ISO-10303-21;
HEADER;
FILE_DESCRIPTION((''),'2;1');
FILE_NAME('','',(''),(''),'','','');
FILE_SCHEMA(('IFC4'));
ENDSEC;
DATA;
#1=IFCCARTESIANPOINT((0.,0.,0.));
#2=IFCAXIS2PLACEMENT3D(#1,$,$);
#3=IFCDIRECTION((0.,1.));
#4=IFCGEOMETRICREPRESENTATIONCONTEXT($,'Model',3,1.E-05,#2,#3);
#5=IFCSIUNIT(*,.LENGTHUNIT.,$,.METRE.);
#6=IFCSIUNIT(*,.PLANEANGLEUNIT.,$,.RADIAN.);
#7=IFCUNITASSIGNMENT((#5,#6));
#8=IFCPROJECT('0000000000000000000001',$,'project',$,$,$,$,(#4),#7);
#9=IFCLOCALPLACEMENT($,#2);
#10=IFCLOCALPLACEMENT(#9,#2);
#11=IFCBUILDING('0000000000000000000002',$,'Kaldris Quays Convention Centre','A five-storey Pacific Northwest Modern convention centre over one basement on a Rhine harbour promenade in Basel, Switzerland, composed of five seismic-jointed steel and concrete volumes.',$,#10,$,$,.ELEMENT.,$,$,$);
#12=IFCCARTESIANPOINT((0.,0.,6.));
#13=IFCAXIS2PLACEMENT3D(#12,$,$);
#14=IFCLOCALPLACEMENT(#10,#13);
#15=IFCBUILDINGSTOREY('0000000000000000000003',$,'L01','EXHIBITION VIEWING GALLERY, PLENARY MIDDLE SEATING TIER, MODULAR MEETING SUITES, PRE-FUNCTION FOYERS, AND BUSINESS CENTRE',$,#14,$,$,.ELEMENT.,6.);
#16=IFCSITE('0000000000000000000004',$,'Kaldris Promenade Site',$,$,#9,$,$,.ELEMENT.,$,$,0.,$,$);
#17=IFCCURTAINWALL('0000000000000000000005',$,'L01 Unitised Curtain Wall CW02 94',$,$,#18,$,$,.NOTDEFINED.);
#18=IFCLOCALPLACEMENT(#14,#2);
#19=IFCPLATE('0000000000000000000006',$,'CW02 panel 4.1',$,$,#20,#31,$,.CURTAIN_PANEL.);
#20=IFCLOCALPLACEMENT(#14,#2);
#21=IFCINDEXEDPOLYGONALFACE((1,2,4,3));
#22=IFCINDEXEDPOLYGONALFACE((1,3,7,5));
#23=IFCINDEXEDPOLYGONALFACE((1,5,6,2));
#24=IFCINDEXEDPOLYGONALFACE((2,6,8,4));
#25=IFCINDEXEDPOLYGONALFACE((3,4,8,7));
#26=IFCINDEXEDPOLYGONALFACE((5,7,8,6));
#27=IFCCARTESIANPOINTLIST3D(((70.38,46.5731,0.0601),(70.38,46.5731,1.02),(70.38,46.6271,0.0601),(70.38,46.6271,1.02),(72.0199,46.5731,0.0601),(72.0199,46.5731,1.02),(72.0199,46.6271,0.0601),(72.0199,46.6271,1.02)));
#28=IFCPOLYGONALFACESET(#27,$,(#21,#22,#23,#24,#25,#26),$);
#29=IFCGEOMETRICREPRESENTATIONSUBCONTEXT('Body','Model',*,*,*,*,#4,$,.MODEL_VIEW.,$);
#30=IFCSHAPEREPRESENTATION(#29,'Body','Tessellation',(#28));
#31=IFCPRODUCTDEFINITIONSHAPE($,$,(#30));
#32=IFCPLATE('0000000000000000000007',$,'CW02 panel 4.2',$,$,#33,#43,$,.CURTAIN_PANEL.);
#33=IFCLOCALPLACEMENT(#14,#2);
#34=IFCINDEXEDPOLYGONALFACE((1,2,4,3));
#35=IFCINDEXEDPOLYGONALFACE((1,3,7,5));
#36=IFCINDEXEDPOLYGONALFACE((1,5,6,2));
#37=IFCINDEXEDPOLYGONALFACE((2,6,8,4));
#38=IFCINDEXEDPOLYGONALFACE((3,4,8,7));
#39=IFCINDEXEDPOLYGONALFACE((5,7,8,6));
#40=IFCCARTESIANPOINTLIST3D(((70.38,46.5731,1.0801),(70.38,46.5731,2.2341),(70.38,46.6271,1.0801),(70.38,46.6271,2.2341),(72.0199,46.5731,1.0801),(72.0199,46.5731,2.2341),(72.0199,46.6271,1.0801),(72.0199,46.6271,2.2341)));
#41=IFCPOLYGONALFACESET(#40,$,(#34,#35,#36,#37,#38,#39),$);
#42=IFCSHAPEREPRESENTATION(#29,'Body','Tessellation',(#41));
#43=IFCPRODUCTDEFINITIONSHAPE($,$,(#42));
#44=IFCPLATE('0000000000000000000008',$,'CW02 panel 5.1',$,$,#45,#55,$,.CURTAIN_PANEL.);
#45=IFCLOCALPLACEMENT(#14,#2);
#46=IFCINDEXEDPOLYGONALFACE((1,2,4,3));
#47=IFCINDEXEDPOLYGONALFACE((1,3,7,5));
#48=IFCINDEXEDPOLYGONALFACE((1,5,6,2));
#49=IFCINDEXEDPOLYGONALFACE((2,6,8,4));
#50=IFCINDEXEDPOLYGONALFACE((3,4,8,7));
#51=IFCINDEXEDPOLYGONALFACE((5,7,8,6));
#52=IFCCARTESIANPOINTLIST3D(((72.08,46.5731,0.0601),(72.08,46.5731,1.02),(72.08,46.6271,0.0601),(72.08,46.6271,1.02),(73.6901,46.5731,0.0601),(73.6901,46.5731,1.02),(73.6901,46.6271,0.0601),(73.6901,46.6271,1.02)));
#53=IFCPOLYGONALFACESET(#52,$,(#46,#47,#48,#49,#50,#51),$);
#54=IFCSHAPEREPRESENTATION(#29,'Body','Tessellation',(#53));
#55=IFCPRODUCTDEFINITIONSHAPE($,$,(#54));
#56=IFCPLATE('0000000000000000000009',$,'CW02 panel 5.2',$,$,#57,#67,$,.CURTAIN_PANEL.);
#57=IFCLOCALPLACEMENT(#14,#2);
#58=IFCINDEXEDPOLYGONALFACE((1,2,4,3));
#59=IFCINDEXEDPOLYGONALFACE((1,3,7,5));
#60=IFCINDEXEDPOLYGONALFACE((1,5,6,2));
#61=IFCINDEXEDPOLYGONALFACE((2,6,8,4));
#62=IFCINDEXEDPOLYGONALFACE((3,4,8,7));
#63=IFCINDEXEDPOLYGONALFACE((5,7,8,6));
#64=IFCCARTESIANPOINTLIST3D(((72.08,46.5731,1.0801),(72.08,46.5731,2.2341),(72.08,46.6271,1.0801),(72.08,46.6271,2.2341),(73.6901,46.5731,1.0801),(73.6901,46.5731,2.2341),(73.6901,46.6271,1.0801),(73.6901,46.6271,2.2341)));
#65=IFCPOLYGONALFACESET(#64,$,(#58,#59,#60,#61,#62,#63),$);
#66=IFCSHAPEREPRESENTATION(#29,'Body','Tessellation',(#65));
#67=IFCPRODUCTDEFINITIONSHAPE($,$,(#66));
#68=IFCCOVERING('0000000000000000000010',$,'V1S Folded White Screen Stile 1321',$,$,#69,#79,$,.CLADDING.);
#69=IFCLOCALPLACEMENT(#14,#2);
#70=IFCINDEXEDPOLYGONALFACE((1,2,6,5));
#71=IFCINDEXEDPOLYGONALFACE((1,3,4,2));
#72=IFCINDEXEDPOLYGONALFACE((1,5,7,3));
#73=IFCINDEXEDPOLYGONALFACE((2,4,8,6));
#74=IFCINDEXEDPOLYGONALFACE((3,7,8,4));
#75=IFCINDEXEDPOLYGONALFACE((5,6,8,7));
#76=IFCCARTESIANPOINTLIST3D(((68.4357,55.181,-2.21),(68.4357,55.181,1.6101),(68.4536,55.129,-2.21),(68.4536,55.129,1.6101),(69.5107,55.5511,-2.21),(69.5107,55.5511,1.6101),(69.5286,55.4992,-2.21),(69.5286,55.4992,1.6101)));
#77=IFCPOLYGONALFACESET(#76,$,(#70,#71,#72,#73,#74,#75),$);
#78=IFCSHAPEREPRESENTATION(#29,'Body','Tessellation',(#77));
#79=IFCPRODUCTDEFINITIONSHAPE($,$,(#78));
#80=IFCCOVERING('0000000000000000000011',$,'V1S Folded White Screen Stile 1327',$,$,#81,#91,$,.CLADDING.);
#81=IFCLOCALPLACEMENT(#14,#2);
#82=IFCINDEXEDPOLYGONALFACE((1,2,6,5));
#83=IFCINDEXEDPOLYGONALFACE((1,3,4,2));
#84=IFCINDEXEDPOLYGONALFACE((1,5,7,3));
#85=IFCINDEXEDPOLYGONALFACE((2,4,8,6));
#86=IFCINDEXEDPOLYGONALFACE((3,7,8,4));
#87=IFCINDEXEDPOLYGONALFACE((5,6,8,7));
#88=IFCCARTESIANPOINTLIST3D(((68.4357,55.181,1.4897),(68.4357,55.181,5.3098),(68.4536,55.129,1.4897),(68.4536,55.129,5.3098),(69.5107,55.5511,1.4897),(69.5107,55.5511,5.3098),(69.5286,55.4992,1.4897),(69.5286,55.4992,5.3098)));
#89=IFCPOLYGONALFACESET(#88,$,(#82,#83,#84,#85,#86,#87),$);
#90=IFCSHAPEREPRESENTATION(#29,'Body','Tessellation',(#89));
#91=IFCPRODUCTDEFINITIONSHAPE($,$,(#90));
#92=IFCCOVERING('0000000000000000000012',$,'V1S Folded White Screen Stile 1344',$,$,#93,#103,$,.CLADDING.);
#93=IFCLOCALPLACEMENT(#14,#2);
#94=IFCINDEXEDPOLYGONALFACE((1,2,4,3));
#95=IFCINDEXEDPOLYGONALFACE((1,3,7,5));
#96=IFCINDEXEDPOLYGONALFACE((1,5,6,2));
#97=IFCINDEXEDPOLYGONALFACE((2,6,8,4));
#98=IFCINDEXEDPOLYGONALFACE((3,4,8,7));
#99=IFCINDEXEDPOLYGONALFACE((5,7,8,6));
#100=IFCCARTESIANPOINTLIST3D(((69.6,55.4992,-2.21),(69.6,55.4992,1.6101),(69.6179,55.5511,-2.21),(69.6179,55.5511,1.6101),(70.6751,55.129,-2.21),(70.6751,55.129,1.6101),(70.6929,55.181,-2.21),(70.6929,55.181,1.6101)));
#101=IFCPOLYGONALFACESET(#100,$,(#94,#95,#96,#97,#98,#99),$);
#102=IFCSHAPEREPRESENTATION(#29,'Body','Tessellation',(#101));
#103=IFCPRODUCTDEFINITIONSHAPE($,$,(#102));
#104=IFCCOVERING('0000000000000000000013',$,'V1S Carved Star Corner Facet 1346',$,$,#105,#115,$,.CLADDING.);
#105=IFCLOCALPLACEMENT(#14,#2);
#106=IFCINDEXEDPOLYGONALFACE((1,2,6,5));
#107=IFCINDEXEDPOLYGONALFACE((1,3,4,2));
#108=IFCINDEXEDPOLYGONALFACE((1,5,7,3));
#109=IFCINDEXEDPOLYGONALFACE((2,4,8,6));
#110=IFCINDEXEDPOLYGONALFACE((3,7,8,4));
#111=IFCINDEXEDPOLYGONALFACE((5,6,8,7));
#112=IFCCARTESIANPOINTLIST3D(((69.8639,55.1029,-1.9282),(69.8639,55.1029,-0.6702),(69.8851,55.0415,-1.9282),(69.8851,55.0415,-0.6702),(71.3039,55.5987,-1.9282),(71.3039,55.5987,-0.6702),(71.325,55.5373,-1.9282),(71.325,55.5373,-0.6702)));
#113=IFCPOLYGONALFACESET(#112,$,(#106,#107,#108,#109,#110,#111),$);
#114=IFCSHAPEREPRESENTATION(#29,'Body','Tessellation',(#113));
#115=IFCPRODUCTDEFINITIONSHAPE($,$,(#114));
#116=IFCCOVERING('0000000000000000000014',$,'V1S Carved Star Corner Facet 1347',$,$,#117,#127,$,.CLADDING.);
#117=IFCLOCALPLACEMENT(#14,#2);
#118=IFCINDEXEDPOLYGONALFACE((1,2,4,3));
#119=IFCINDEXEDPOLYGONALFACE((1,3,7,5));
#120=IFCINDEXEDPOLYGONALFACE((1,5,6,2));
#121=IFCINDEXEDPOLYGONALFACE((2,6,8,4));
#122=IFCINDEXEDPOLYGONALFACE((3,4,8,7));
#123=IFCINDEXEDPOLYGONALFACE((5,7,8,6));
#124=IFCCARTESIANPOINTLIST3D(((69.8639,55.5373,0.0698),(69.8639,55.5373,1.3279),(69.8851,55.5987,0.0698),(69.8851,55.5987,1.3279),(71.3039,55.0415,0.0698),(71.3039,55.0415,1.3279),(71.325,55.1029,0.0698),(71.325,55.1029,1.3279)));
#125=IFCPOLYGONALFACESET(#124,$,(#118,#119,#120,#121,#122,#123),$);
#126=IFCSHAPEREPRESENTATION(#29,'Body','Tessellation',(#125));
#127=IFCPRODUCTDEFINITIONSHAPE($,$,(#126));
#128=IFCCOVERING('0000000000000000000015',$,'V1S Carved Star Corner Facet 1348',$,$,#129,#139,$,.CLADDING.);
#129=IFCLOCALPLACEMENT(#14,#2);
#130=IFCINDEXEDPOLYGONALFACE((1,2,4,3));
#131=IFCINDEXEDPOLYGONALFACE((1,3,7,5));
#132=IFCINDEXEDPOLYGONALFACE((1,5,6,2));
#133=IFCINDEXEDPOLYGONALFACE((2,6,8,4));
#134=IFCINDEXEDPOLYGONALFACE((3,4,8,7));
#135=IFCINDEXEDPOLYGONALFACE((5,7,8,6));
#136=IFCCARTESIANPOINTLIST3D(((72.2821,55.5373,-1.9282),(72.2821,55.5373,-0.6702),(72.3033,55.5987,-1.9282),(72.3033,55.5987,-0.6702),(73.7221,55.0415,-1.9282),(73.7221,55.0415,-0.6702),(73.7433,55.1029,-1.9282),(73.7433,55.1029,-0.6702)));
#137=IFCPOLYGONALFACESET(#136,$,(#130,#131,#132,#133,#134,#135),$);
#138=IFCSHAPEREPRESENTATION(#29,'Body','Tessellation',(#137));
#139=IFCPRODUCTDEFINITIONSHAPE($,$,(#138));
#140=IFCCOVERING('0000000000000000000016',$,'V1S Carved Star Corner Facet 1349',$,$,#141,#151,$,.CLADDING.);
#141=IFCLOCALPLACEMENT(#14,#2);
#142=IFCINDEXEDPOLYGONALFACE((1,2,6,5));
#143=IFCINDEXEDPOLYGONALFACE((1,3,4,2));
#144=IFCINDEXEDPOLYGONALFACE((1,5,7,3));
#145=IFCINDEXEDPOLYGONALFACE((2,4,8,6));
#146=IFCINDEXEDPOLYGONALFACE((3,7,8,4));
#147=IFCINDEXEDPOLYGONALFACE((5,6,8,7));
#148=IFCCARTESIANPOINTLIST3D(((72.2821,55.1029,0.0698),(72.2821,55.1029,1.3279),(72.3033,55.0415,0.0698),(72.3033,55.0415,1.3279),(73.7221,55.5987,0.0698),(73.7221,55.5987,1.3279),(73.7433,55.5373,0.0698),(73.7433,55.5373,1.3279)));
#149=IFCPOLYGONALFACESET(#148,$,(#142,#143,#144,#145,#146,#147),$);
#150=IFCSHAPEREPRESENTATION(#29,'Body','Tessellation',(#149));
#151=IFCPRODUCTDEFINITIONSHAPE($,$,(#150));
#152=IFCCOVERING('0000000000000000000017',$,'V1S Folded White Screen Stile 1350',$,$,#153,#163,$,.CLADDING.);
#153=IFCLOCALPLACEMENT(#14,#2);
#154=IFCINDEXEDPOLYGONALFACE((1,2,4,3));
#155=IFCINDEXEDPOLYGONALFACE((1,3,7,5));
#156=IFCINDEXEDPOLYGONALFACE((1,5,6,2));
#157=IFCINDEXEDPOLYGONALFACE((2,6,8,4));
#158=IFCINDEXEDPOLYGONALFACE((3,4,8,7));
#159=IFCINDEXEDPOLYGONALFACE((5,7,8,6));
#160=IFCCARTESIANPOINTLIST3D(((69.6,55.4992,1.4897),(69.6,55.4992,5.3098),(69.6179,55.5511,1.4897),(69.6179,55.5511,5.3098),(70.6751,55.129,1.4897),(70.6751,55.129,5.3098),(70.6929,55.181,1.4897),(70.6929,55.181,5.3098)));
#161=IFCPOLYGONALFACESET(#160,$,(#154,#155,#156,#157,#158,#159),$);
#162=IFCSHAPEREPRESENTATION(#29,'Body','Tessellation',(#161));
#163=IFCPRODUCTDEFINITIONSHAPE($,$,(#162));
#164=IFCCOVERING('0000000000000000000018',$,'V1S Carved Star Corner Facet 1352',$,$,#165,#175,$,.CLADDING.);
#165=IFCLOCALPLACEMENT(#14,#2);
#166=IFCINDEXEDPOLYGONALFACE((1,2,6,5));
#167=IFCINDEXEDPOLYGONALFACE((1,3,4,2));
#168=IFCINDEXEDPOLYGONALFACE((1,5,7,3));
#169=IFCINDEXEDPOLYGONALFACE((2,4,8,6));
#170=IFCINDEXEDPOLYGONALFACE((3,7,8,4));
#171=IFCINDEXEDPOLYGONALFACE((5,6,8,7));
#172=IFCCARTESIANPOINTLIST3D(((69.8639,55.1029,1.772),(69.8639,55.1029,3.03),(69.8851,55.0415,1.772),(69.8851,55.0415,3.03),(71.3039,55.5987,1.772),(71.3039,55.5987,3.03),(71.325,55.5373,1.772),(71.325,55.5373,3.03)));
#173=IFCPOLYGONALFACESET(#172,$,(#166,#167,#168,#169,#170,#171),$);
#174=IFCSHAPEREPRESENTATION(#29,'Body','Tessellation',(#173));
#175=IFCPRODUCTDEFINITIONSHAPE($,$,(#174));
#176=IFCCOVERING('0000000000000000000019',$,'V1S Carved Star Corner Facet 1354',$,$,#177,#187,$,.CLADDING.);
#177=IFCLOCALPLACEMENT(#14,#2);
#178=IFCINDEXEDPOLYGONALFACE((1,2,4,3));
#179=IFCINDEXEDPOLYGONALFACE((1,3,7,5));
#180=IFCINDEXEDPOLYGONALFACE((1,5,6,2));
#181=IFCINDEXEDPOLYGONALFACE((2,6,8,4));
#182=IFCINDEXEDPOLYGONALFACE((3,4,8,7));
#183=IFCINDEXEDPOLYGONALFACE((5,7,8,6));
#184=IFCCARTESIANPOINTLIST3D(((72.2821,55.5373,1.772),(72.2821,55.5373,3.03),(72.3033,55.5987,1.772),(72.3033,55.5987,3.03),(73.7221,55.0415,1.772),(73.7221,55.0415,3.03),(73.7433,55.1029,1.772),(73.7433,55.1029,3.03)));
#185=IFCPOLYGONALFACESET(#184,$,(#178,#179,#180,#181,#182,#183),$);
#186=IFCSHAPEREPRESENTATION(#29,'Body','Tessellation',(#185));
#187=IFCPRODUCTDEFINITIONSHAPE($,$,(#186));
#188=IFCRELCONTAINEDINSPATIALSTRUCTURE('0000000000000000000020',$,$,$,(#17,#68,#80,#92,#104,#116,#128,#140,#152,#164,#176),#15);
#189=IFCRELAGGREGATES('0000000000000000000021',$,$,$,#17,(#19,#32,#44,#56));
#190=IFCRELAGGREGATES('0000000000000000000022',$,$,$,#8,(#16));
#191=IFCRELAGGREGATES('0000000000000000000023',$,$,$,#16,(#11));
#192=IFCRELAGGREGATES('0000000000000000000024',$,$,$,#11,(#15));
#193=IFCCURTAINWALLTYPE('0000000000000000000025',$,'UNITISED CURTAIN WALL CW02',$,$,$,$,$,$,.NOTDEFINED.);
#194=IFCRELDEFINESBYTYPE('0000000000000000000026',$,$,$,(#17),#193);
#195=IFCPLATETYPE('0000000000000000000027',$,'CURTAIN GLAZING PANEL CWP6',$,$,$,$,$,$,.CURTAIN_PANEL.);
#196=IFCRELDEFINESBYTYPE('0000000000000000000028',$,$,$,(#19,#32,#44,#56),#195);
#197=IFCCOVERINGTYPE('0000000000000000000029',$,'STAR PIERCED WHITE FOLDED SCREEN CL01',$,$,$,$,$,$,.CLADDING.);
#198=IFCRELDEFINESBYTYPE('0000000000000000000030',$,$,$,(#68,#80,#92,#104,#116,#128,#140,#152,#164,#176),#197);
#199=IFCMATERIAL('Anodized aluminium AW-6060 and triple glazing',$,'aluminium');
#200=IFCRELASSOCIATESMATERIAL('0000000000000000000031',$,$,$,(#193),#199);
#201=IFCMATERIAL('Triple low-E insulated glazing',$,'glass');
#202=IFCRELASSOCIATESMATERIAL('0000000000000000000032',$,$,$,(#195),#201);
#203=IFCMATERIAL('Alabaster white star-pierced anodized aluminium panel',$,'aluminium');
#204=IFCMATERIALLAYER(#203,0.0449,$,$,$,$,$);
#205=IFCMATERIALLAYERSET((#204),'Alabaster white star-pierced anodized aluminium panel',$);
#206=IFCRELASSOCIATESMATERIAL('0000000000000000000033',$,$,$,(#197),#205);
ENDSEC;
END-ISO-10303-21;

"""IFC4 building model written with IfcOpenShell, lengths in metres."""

from ifc_helpers import new_model, si_unit, direction, frame, origin, origin_2d, place, context, subcontext, project, spatial, rectangle, extrude, material, layer, layer_set, type_object, element, aggregate, save


model = new_model("IFC4")

# Units and contexts
model_context = context("Model", 3, precision=1e-05, world=origin(), true_north=direction((0.0, 1.0)))
body_context = subcontext(model_context, "Body", "Model", "MODEL_VIEW")
ifc_project = project(units=[si_unit("LENGTHUNIT", "METRE"), si_unit("PLANEANGLEUNIT", "RADIAN")], contexts=[model_context])

# Site, building, storey
site_placement = place(None, origin())
site = spatial("IfcSite", under=ifc_project, at=site_placement, Name="Kaldris Promenade Site", CompositionType="ELEMENT", RefElevation=0.0)
building_placement = place(site_placement, origin())
building = spatial("IfcBuilding", under=site, at=building_placement, Name="Kaldris Quays Convention Centre", Description="A five-storey Pacific Northwest Modern convention centre over one basement on a Rhine harbour promenade in Basel, Switzerland, composed of five seismic-jointed steel and concrete volumes.", CompositionType="ELEMENT")
storey_placement = place(building_placement, frame((0.0, 0.0, 6.0)))
storey = spatial("IfcBuildingStorey", under=building, at=storey_placement, Name="L01", Description="EXHIBITION VIEWING GALLERY, PLENARY MIDDLE SEATING TIER, MODULAR MEETING SUITES, PRE-FUNCTION FOYERS, AND BUSINESS CENTRE", CompositionType="ELEMENT", Elevation=6.0)

# Curtain wall, plates
ifc_material_1 = material(Name="Anodized aluminium AW-6060 and triple glazing", Category="aluminium")
curtain_wall_type = type_object("IfcCurtainWallType", Name="UNITISED CURTAIN WALL CW02", PredefinedType="NOTDEFINED", material=ifc_material_1)
curtain_wall_placement = place(storey_placement, origin())
curtain_wall = element("IfcCurtainWall", 1, at=curtain_wall_placement, inside=storey, type_object=curtain_wall_type, Name="L01 Unitised Curtain Wall CW02 94", PredefinedType="NOTDEFINED")
ifc_material_2 = material(Name="Triple low-E insulated glazing", Category="glass")
plate_type = type_object("IfcPlateType", Name="CURTAIN GLAZING PANEL CWP6", PredefinedType="CURTAIN_PANEL", material=ifc_material_2)
plate_1_placement = place(storey_placement, frame((71.2, 46.6001, 0.0601), z_axis=(0.0, 0.0, 1.0), x_axis=(1.0, 0.0, 0.0)))
plate_1 = element("IfcPlate", 2, at=plate_1_placement, type_object=plate_type, Name="CW02 panel 4.1", PredefinedType="CURTAIN_PANEL", context=body_context, shape_type="SweptSolid", body=[
    extrude(rectangle(XDim=1.6399, YDim=0.054, at=origin_2d()), origin(), (0.0, 0.0, 1.0), 0.96),
])
plate_2_placement = place(storey_placement, frame((71.2, 46.6001, 1.0801), z_axis=(0.0, 0.0, 1.0), x_axis=(1.0, 0.0, 0.0)))
plate_2 = element("IfcPlate", 3, at=plate_2_placement, type_object=plate_type, Name="CW02 panel 4.2", PredefinedType="CURTAIN_PANEL", context=body_context, shape_type="SweptSolid", body=[
    extrude(rectangle(XDim=1.6399, YDim=0.054, at=origin_2d()), origin(), (0.0, 0.0, 1.0), 1.1541),
])
plate_3_placement = place(storey_placement, frame((72.885, 46.6001, 0.0601), z_axis=(0.0, 0.0, 1.0), x_axis=(1.0, 0.0, 0.0)))
plate_3 = element("IfcPlate", 4, at=plate_3_placement, type_object=plate_type, Name="CW02 panel 5.1", PredefinedType="CURTAIN_PANEL", context=body_context, shape_type="SweptSolid", body=[
    extrude(rectangle(XDim=1.6101, YDim=0.054, at=origin_2d()), origin(), (0.0, 0.0, 1.0), 0.96),
])
plate_4_placement = place(storey_placement, frame((72.885, 46.6001, 1.0801), z_axis=(0.0, 0.0, 1.0), x_axis=(1.0, 0.0, 0.0)))
plate_4 = element("IfcPlate", 5, at=plate_4_placement, type_object=plate_type, Name="CW02 panel 5.2", PredefinedType="CURTAIN_PANEL", context=body_context, shape_type="SweptSolid", body=[
    extrude(rectangle(XDim=1.6101, YDim=0.054, at=origin_2d()), origin(), (0.0, 0.0, 1.0), 1.1541),
])
aggregate(curtain_wall, [plate_1, plate_2, plate_3, plate_4])

# Coverings
ifc_material_3 = material(Name="Alabaster white star-pierced anodized aluminium panel", Category="aluminium")
ifc_layer = layer(ifc_material_3, 0.0449)
ifc_layer_set = layer_set([ifc_layer], Name="Alabaster white star-pierced anodized aluminium panel")
covering_type = type_object("IfcCoveringType", Name="STAR PIERCED WHITE FOLDED SCREEN CL01", PredefinedType="CLADDING", material=ifc_layer_set)
for number, where, z_axis, x_axis, name in (
    (6, (68.9822, 55.3401, -2.21), (0.0, 0.0, 1.0), (0.945519, 0.325568, 0.0), "V1S Folded White Screen Stile 1321"),
    (7, (68.9822, 55.3401, 1.4897), (0.0, 0.0, 1.0), (0.945519, 0.325568, 0.0), "V1S Folded White Screen Stile 1327"),
    (8, (70.1465, 55.3401, -2.21), (0.0, 0.0, 1.0), (0.945519, -0.325568, 0.0), "V1S Folded White Screen Stile 1344"),
):
    element("IfcCovering", number, at=place(storey_placement, frame(where, z_axis=z_axis, x_axis=x_axis)), inside=storey, type_object=covering_type, Name=name, PredefinedType="CLADDING", context=body_context, shape_type="SweptSolid", body=[
        extrude(rectangle(XDim=1.137, YDim=0.0549, at=origin_2d()), origin(), (0.0, 0.0, 1.0), 3.8201),
    ])
for number, where, z_axis, x_axis, name in (
    (9, (70.5945, 55.3201, -1.9282), (0.0, 0.0, 1.0), (0.945519, 0.325568, 0.0), "V1S Carved Star Corner Facet 1346"),
    (10, (70.5945, 55.3201, 0.0698), (0.0, 0.0, 1.0), (0.945519, -0.325568, 0.0), "V1S Carved Star Corner Facet 1347"),
    (11, (73.0127, 55.3201, -1.9282), (0.0, 0.0, 1.0), (0.945519, -0.325568, 0.0), "V1S Carved Star Corner Facet 1348"),
    (12, (73.0127, 55.3201, 0.0698), (0.0, 0.0, 1.0), (0.945519, 0.325568, 0.0), "V1S Carved Star Corner Facet 1349"),
):
    element("IfcCovering", number, at=place(storey_placement, frame(where, z_axis=z_axis, x_axis=x_axis)), inside=storey, type_object=covering_type, Name=name, PredefinedType="CLADDING", context=body_context, shape_type="SweptSolid", body=[
        extrude(rectangle(XDim=1.5229, YDim=0.0649, at=origin_2d()), origin(), (0.0, 0.0, 1.0), 1.2581),
    ])
covering_placement = place(storey_placement, frame((70.1465, 55.3401, 1.4897), z_axis=(0.0, 0.0, 1.0), x_axis=(0.945519, -0.325568, 0.0)))
element("IfcCovering", 13, at=covering_placement, inside=storey, type_object=covering_type, Name="V1S Folded White Screen Stile 1350", PredefinedType="CLADDING", context=body_context, shape_type="SweptSolid", body=[
    extrude(rectangle(XDim=1.137, YDim=0.0549, at=origin_2d()), origin(), (0.0, 0.0, 1.0), 3.8201),
])
for number, where, z_axis, x_axis, name in (
    (14, (70.5945, 55.3201, 1.772), (0.0, 0.0, 1.0), (0.945519, 0.325568, 0.0), "V1S Carved Star Corner Facet 1352"),
    (15, (73.0127, 55.3201, 1.772), (0.0, 0.0, 1.0), (0.945519, -0.325568, 0.0), "V1S Carved Star Corner Facet 1354"),
):
    element("IfcCovering", number, at=place(storey_placement, frame(where, z_axis=z_axis, x_axis=x_axis)), inside=storey, type_object=covering_type, Name=name, PredefinedType="CLADDING", context=body_context, shape_type="SweptSolid", body=[
        extrude(rectangle(XDim=1.5229, YDim=0.0649, at=origin_2d()), origin(), (0.0, 0.0, 1.0), 1.2581),
    ])

save(model, "model.ifc")
